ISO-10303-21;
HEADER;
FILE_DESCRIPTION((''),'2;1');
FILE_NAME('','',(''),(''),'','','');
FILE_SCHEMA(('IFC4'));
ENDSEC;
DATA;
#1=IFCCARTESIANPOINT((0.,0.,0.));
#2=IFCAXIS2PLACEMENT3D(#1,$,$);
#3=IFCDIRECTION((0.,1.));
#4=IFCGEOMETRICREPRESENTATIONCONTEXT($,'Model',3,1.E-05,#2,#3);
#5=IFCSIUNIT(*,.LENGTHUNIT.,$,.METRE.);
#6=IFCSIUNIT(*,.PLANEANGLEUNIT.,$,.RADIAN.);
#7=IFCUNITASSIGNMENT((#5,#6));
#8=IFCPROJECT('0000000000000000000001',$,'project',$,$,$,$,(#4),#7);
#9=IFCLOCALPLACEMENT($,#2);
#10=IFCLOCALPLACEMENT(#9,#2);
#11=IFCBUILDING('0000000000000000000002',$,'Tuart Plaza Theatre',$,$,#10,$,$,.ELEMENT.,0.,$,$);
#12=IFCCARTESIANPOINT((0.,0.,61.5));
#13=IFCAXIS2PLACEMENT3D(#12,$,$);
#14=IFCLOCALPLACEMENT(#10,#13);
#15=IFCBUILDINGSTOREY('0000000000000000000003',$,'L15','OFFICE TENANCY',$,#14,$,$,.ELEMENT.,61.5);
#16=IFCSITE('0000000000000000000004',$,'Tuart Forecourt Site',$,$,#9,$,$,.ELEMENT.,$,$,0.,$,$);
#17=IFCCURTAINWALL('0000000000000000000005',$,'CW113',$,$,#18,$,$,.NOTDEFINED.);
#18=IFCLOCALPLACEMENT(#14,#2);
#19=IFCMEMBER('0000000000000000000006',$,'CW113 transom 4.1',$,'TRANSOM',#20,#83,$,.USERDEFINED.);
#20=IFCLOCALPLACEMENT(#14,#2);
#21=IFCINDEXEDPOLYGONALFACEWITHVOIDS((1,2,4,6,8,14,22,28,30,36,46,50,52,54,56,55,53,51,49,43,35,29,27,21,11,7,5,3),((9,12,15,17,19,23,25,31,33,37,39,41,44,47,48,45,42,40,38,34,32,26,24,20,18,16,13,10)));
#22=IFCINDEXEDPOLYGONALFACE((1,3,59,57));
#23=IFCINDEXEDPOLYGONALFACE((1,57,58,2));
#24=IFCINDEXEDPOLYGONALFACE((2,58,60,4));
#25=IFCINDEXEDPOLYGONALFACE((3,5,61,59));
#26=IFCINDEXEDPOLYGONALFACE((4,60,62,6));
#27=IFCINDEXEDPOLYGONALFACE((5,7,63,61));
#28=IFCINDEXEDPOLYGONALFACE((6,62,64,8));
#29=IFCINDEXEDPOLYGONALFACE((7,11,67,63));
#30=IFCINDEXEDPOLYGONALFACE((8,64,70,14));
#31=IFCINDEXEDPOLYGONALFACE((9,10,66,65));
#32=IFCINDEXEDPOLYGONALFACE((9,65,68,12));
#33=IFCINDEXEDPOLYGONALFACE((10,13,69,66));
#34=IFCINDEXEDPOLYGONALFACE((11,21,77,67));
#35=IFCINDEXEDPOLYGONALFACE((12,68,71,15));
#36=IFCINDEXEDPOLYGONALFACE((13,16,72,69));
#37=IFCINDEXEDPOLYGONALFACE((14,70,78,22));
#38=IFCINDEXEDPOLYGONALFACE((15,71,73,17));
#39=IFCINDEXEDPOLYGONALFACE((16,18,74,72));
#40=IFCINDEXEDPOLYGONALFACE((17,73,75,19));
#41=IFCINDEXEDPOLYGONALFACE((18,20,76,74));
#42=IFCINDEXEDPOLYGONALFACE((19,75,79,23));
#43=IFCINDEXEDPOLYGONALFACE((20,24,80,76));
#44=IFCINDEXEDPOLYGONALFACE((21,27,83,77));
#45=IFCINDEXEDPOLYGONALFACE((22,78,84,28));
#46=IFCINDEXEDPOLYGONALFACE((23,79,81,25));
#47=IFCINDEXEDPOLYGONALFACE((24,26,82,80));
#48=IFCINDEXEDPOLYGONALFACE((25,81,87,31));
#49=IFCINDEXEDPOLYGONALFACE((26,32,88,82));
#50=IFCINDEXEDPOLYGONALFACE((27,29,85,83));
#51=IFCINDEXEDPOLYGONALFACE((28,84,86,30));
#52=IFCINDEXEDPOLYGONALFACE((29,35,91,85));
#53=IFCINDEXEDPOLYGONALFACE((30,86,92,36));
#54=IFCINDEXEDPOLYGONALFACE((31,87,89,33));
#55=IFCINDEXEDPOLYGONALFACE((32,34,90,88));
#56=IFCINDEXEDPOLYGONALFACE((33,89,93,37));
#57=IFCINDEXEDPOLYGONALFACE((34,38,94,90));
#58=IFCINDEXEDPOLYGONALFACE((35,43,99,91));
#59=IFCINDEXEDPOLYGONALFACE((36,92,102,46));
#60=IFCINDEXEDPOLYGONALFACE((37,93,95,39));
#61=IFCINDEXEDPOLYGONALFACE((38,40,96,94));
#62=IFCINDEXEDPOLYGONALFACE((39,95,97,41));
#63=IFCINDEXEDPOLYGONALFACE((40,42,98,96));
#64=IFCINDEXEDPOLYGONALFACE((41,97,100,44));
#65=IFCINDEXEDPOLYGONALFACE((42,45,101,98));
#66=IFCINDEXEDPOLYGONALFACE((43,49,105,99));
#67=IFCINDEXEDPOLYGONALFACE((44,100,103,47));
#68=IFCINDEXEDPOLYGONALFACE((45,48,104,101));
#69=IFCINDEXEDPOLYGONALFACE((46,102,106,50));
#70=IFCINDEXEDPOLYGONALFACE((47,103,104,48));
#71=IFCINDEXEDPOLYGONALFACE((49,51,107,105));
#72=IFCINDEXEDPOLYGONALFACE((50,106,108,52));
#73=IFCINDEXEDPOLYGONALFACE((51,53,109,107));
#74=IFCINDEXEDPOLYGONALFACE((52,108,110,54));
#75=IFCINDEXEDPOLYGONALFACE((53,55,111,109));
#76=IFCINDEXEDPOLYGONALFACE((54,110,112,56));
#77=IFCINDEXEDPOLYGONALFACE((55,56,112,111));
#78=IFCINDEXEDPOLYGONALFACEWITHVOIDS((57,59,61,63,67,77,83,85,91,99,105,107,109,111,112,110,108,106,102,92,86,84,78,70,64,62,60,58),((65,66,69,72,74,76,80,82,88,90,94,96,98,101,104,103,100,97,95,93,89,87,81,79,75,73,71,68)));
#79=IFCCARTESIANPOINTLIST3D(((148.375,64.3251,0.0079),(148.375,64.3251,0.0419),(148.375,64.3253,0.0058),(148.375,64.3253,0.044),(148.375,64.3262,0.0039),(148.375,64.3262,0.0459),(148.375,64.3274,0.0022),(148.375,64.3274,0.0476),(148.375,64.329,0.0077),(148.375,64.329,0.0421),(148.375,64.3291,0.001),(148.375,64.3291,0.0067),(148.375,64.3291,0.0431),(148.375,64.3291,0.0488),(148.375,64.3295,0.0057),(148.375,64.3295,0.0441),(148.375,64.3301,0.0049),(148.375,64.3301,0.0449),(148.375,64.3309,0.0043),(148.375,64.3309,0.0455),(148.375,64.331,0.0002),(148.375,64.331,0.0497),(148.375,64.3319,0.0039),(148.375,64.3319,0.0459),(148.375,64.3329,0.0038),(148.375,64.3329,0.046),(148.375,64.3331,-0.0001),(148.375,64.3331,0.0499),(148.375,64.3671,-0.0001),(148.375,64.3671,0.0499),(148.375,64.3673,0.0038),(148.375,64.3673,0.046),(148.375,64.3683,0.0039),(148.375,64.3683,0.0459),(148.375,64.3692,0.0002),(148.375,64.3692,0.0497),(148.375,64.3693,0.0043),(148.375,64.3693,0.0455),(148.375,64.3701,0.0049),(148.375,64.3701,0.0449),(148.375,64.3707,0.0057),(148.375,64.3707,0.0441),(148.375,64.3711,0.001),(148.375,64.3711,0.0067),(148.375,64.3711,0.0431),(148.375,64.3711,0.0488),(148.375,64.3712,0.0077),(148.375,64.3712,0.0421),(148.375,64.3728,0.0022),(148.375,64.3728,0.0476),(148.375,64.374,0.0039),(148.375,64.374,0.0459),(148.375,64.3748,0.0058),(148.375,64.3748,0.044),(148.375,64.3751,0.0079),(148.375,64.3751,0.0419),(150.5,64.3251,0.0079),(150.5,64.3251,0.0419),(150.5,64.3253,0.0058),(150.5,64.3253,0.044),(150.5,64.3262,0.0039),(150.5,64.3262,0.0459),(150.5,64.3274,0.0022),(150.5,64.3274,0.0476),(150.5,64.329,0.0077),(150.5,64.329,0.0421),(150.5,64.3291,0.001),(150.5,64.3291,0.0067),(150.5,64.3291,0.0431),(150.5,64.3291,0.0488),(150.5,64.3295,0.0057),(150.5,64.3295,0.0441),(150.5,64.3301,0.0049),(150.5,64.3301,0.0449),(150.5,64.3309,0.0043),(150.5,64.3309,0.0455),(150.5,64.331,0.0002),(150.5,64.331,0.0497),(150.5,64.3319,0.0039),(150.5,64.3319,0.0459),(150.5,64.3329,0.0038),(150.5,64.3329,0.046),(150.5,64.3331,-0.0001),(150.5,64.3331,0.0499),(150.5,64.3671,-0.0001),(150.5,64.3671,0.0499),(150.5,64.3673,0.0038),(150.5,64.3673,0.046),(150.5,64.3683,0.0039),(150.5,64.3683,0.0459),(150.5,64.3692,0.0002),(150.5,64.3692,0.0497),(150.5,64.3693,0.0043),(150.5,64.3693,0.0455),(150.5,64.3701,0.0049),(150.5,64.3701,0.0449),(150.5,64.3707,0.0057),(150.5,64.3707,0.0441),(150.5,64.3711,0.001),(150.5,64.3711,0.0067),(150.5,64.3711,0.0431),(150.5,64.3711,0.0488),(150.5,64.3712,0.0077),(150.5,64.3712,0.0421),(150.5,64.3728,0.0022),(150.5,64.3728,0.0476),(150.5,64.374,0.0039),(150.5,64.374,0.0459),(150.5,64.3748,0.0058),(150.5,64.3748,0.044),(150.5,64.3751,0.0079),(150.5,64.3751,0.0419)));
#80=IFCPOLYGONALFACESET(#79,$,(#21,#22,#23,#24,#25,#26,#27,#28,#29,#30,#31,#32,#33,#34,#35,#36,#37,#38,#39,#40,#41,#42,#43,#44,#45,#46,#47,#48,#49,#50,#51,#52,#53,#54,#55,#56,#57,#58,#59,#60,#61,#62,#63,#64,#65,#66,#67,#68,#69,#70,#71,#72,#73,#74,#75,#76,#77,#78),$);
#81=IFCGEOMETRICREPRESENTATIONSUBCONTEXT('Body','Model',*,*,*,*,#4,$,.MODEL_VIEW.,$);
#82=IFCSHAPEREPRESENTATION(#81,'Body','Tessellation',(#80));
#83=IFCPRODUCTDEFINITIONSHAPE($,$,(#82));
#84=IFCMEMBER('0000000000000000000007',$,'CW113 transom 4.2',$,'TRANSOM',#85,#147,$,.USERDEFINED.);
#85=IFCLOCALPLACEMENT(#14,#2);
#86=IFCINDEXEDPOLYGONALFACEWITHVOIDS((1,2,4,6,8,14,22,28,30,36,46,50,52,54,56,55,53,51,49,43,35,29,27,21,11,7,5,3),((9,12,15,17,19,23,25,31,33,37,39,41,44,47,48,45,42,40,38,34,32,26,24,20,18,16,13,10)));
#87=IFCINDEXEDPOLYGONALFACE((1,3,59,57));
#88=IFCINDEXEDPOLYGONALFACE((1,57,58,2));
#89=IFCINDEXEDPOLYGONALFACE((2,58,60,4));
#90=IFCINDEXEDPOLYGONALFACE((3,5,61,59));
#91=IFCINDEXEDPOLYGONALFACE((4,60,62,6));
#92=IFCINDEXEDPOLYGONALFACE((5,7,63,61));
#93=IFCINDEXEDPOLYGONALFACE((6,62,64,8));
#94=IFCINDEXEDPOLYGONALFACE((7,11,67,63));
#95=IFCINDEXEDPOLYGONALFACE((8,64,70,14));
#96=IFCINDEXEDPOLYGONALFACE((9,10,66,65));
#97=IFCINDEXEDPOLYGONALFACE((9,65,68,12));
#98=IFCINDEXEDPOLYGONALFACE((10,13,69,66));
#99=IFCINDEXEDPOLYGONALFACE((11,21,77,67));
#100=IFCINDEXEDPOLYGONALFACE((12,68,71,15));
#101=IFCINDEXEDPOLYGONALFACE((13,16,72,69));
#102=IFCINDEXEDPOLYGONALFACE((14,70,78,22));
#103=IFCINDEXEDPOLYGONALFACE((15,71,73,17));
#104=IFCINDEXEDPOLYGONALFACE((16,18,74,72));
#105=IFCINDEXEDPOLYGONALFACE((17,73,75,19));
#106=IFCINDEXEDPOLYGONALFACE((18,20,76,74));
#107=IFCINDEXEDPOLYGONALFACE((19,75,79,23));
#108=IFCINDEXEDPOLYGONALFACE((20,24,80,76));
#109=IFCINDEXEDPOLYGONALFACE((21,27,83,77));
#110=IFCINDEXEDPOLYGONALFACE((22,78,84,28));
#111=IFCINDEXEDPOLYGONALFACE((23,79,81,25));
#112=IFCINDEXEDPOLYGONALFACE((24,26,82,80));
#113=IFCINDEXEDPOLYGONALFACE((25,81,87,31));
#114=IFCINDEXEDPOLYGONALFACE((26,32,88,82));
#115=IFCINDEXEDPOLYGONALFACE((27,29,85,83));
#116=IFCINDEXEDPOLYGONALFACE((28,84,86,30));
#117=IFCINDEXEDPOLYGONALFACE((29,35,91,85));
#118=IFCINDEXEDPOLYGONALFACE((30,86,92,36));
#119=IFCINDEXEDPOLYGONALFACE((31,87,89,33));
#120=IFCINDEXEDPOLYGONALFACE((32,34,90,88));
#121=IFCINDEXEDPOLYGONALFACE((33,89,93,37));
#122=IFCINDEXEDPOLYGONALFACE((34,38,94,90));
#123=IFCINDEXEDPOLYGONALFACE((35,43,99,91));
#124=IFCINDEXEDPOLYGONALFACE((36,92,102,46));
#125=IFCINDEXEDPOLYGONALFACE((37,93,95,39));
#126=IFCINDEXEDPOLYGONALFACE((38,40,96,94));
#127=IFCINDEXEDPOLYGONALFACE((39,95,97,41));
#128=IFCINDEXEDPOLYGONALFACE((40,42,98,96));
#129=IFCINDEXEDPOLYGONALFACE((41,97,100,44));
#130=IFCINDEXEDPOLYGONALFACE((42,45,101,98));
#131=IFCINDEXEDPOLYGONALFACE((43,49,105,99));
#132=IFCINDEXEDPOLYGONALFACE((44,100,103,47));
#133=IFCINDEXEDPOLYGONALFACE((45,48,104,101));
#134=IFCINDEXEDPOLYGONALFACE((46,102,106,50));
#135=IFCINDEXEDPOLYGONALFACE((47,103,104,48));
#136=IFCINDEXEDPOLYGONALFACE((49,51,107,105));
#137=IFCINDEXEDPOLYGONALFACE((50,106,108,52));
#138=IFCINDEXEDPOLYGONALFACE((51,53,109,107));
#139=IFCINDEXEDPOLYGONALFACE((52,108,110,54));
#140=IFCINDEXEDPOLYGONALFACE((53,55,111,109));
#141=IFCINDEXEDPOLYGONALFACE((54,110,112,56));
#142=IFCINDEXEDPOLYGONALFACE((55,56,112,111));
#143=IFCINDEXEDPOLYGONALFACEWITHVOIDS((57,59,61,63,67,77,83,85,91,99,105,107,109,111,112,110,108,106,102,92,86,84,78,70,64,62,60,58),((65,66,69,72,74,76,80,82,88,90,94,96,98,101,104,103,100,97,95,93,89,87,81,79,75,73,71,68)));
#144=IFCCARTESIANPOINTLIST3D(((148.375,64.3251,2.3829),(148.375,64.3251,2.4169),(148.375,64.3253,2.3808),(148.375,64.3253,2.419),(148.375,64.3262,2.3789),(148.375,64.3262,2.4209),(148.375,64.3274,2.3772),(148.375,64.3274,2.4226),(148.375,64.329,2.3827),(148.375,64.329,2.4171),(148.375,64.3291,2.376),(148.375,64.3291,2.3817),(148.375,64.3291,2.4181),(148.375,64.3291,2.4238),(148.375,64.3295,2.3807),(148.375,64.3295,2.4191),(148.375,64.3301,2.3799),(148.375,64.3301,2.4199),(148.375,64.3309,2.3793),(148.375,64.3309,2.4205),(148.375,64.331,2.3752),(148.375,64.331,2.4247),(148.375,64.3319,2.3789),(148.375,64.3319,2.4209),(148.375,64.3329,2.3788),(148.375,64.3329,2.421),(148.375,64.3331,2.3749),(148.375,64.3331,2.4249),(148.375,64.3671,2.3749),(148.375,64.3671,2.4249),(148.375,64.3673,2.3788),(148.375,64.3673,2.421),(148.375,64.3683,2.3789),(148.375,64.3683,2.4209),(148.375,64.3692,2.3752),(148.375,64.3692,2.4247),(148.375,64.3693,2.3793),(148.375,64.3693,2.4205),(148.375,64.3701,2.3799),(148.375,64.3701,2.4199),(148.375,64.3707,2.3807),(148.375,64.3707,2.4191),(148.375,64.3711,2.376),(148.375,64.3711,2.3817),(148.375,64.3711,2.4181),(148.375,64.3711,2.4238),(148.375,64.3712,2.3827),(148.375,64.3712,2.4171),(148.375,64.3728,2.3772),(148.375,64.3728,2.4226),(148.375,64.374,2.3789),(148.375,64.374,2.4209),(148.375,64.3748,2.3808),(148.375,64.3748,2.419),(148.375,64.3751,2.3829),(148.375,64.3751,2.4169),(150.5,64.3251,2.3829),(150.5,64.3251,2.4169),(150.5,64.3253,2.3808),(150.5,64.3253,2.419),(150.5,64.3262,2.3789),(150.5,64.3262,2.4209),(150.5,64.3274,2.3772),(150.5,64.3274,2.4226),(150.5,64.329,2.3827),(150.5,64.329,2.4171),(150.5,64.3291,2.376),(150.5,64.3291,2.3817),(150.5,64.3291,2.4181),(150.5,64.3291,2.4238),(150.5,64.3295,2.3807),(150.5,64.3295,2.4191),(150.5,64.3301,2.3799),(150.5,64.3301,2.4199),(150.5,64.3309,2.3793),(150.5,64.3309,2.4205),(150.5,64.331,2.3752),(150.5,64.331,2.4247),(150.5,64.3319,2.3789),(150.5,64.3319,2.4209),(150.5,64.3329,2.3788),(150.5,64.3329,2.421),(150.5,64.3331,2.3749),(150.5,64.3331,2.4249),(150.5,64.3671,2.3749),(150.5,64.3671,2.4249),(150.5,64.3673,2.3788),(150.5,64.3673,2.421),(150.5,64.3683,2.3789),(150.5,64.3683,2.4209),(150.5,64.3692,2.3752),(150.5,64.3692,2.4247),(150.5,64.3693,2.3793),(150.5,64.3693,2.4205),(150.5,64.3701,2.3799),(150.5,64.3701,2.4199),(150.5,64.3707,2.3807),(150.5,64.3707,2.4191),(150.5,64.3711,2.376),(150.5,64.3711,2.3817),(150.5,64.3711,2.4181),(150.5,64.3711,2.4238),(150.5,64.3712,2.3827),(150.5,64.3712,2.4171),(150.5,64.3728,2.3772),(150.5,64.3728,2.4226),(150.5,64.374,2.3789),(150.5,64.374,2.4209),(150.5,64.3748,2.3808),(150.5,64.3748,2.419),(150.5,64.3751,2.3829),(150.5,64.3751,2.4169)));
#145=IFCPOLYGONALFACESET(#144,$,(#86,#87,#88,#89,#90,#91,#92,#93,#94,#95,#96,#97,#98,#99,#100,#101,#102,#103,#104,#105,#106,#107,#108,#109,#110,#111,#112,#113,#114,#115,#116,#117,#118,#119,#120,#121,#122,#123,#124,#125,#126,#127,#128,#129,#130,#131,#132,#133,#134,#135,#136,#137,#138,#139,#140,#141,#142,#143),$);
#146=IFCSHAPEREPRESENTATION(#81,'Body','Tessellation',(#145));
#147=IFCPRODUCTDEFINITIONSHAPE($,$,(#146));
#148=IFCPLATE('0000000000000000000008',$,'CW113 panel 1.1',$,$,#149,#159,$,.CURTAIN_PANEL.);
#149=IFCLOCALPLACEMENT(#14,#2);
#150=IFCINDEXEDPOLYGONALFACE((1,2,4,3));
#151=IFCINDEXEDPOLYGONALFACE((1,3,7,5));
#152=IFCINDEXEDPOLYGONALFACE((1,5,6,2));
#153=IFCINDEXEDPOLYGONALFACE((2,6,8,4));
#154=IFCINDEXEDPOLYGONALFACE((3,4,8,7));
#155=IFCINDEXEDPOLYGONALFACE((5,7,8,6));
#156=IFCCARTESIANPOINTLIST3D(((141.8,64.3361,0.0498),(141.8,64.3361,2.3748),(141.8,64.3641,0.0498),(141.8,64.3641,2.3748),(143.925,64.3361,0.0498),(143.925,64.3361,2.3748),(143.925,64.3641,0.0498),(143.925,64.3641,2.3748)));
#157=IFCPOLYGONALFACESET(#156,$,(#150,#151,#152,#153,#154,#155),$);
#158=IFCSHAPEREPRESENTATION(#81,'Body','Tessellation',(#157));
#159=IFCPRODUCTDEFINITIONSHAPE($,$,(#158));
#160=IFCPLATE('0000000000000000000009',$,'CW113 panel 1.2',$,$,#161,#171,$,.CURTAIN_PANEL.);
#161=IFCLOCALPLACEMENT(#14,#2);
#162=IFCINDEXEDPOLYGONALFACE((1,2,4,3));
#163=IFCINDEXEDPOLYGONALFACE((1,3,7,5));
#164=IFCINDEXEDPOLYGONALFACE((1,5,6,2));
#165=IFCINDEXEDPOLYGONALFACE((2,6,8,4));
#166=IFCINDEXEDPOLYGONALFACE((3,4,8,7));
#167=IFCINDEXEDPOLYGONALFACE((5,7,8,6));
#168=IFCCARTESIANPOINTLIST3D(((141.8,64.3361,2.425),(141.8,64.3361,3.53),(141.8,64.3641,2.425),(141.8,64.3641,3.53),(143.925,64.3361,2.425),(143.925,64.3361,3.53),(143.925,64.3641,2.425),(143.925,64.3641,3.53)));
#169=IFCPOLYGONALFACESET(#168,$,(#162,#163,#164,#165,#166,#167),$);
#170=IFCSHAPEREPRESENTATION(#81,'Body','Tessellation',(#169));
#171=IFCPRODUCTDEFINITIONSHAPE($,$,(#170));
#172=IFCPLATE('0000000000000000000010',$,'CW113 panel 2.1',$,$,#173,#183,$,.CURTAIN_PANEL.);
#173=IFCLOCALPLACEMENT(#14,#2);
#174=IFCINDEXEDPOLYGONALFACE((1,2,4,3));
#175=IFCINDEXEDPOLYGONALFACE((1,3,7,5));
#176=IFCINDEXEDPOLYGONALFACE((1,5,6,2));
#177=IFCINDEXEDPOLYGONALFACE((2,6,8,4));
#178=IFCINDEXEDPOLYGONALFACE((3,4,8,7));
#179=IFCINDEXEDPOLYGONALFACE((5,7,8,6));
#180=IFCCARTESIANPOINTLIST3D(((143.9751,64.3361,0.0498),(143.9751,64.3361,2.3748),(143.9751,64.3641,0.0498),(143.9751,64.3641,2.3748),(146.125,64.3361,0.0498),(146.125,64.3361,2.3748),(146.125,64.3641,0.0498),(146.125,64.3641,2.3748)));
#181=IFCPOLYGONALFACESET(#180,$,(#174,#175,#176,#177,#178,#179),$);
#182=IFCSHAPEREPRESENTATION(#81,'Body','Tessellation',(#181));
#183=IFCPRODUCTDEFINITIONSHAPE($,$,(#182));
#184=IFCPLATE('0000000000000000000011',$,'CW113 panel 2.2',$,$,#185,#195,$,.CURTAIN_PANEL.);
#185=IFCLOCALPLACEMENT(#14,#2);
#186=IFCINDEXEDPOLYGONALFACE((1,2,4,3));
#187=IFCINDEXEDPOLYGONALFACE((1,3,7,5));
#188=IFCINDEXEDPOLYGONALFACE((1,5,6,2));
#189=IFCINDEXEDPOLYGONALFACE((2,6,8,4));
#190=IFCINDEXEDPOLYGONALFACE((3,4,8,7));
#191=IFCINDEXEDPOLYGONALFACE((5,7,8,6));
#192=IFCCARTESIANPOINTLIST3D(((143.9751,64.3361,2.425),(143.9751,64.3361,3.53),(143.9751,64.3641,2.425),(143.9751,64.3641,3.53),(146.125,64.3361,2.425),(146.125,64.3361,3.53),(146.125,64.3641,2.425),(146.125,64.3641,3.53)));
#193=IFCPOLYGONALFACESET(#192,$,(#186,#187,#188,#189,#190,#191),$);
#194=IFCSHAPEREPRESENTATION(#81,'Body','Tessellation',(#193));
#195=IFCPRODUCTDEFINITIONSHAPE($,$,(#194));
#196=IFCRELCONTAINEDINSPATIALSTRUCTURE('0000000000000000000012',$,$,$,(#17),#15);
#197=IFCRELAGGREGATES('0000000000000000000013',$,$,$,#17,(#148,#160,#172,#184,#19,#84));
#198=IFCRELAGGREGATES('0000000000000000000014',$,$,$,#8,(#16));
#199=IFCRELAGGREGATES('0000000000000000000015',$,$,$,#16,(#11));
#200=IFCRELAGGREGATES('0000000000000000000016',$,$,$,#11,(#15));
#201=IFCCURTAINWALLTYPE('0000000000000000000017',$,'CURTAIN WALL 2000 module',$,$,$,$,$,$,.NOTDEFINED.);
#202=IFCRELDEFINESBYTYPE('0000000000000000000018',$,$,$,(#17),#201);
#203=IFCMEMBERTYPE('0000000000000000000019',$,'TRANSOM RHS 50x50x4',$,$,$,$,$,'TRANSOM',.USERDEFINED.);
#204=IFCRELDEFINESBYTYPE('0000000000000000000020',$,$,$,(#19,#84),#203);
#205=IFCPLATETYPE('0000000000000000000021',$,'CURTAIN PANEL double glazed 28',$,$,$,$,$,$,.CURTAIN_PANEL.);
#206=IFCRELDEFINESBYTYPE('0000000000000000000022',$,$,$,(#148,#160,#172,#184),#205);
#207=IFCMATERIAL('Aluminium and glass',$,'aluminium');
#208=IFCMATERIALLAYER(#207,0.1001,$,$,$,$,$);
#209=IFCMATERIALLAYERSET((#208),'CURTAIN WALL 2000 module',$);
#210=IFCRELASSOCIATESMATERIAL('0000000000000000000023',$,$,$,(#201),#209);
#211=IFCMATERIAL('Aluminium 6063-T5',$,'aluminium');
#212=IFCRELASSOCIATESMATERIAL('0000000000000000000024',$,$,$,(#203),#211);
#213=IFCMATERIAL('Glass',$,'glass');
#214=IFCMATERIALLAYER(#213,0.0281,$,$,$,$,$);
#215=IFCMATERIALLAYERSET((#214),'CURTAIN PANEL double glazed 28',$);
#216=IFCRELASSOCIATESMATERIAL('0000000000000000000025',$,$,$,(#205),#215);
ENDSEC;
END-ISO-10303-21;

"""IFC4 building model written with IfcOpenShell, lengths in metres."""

from ifc_helpers import new_model, si_unit, direction, frame, origin, origin_2d, place, context, subcontext, project, spatial, rectangle, hollow_rectangle, extrude, material, layer, layer_set, material_profile, profile_set, type_object, element, aggregate, save


model = new_model("IFC4")

# Units and contexts
model_context = context("Model", 3, precision=1e-05, world=origin(), true_north=direction((0.0, 1.0)))
body_context = subcontext(model_context, "Body", "Model", "MODEL_VIEW")
ifc_project = project(units=[si_unit("LENGTHUNIT", "METRE"), si_unit("PLANEANGLEUNIT", "RADIAN")], contexts=[model_context])

# Site, building, storey
site_placement = place(None, origin())
site = spatial("IfcSite", under=ifc_project, at=site_placement, Name="Tuart Forecourt Site", CompositionType="ELEMENT", RefElevation=0.0)
building_placement = place(site_placement, origin())
building = spatial("IfcBuilding", under=site, at=building_placement, Name="Tuart Plaza Theatre", CompositionType="ELEMENT", ElevationOfRefHeight=0.0)
storey_placement = place(building_placement, frame((0.0, 0.0, 61.5)))
storey = spatial("IfcBuildingStorey", under=building, at=storey_placement, Name="L15", Description="OFFICE TENANCY", CompositionType="ELEMENT", Elevation=61.5)

# Curtain wall, members, plates
ifc_material_1 = material(Name="Aluminium and glass", Category="aluminium")
ifc_layer_1 = layer(ifc_material_1, 0.1001)
ifc_layer_set_1 = layer_set([ifc_layer_1], Name="CURTAIN WALL 2000 module")
curtain_wall_type = type_object("IfcCurtainWallType", Name="CURTAIN WALL 2000 module", PredefinedType="NOTDEFINED", material=ifc_layer_set_1)
curtain_wall_placement = place(storey_placement, origin())
curtain_wall = element("IfcCurtainWall", 1, at=curtain_wall_placement, inside=storey, type_object=curtain_wall_type, Name="CW113", PredefinedType="NOTDEFINED")
ifc_material_2 = material(Name="Aluminium 6063-T5", Category="aluminium")
ifc_material_profile_1 = material_profile(ifc_material_2, hollow_rectangle(XDim=0.05, YDim=0.05, WallThickness=0.0039, InnerFilletRadius=0.0039, OuterFilletRadius=0.0081, at=origin_2d()), Name="RHS 50x50x4")
ifc_profile_set_1 = profile_set([ifc_material_profile_1], Name="Aluminium 6063-T5")
member_type_1 = type_object("IfcMemberType", Name="TRANSOM RHS 50x50x4", ElementType="TRANSOM", PredefinedType="USERDEFINED", material=ifc_profile_set_1)
member_1_placement = place(storey_placement, frame((148.375, 64.3501, 0.0249), z_axis=(1.0, 0.0, 0.0), x_axis=(0.0, 1.0, 0.0)))
member_1 = element("IfcMember", 2, at=member_1_placement, type_object=member_type_1, Name="CW113 transom 4.1", ObjectType="TRANSOM", PredefinedType="USERDEFINED", context=body_context, shape_type="SweptSolid", body=[
    extrude(hollow_rectangle(XDim=0.05, YDim=0.05, WallThickness=0.0039, InnerFilletRadius=0.0039, OuterFilletRadius=0.0081, at=origin_2d()), origin(), (0.0, 0.0, 1.0), 2.125),
])
member_2_placement = place(storey_placement, frame((148.375, 64.3501, 2.3999), z_axis=(1.0, 0.0, 0.0), x_axis=(0.0, 1.0, 0.0)))
member_2 = element("IfcMember", 3, at=member_2_placement, type_object=member_type_1, Name="CW113 transom 4.2", ObjectType="TRANSOM", PredefinedType="USERDEFINED", context=body_context, shape_type="SweptSolid", body=[
    extrude(hollow_rectangle(XDim=0.05, YDim=0.05, WallThickness=0.0039, InnerFilletRadius=0.0039, OuterFilletRadius=0.0081, at=origin_2d()), origin(), (0.0, 0.0, 1.0), 2.125),
])
ifc_material_3 = material(Name="Glass", Category="glass")
ifc_layer_2 = layer(ifc_material_3, 0.0281)
ifc_layer_set_2 = layer_set([ifc_layer_2], Name="CURTAIN PANEL double glazed 28")
plate_type = type_object("IfcPlateType", Name="CURTAIN PANEL double glazed 28", PredefinedType="CURTAIN_PANEL", material=ifc_layer_set_2)
plate_1_placement = place(storey_placement, frame((142.8625, 64.3501, 0.0498), z_axis=(0.0, 0.0, 1.0), x_axis=(1.0, 0.0, 0.0)))
plate_1 = element("IfcPlate", 4, at=plate_1_placement, type_object=plate_type, Name="CW113 panel 1.1", PredefinedType="CURTAIN_PANEL", context=body_context, shape_type="SweptSolid", body=[
    extrude(rectangle(XDim=2.125, YDim=0.0281, at=origin_2d()), origin(), (0.0, 0.0, 1.0), 2.325),
])
plate_2_placement = place(storey_placement, frame((142.8625, 64.3501, 2.425), z_axis=(0.0, 0.0, 1.0), x_axis=(1.0, 0.0, 0.0)))
plate_2 = element("IfcPlate", 5, at=plate_2_placement, type_object=plate_type, Name="CW113 panel 1.2", PredefinedType="CURTAIN_PANEL", context=body_context, shape_type="SweptSolid", body=[
    extrude(rectangle(XDim=2.125, YDim=0.0281, at=origin_2d()), origin(), (0.0, 0.0, 1.0), 1.105),
])
plate_3_placement = place(storey_placement, frame((145.05, 64.3501, 0.0498), z_axis=(0.0, 0.0, 1.0), x_axis=(1.0, 0.0, 0.0)))
plate_3 = element("IfcPlate", 6, at=plate_3_placement, type_object=plate_type, Name="CW113 panel 2.1", PredefinedType="CURTAIN_PANEL", context=body_context, shape_type="SweptSolid", body=[
    extrude(rectangle(XDim=2.1499, YDim=0.0281, at=origin_2d()), origin(), (0.0, 0.0, 1.0), 2.325),
])
plate_4_placement = place(storey_placement, frame((145.05, 64.3501, 2.425), z_axis=(0.0, 0.0, 1.0), x_axis=(1.0, 0.0, 0.0)))
plate_4 = element("IfcPlate", 7, at=plate_4_placement, type_object=plate_type, Name="CW113 panel 2.2", PredefinedType="CURTAIN_PANEL", context=body_context, shape_type="SweptSolid", body=[
    extrude(rectangle(XDim=2.1499, YDim=0.0281, at=origin_2d()), origin(), (0.0, 0.0, 1.0), 1.105),
])
aggregate(curtain_wall, [plate_1, plate_2, plate_3, plate_4, member_1, member_2])

save(model, "model.ifc")
